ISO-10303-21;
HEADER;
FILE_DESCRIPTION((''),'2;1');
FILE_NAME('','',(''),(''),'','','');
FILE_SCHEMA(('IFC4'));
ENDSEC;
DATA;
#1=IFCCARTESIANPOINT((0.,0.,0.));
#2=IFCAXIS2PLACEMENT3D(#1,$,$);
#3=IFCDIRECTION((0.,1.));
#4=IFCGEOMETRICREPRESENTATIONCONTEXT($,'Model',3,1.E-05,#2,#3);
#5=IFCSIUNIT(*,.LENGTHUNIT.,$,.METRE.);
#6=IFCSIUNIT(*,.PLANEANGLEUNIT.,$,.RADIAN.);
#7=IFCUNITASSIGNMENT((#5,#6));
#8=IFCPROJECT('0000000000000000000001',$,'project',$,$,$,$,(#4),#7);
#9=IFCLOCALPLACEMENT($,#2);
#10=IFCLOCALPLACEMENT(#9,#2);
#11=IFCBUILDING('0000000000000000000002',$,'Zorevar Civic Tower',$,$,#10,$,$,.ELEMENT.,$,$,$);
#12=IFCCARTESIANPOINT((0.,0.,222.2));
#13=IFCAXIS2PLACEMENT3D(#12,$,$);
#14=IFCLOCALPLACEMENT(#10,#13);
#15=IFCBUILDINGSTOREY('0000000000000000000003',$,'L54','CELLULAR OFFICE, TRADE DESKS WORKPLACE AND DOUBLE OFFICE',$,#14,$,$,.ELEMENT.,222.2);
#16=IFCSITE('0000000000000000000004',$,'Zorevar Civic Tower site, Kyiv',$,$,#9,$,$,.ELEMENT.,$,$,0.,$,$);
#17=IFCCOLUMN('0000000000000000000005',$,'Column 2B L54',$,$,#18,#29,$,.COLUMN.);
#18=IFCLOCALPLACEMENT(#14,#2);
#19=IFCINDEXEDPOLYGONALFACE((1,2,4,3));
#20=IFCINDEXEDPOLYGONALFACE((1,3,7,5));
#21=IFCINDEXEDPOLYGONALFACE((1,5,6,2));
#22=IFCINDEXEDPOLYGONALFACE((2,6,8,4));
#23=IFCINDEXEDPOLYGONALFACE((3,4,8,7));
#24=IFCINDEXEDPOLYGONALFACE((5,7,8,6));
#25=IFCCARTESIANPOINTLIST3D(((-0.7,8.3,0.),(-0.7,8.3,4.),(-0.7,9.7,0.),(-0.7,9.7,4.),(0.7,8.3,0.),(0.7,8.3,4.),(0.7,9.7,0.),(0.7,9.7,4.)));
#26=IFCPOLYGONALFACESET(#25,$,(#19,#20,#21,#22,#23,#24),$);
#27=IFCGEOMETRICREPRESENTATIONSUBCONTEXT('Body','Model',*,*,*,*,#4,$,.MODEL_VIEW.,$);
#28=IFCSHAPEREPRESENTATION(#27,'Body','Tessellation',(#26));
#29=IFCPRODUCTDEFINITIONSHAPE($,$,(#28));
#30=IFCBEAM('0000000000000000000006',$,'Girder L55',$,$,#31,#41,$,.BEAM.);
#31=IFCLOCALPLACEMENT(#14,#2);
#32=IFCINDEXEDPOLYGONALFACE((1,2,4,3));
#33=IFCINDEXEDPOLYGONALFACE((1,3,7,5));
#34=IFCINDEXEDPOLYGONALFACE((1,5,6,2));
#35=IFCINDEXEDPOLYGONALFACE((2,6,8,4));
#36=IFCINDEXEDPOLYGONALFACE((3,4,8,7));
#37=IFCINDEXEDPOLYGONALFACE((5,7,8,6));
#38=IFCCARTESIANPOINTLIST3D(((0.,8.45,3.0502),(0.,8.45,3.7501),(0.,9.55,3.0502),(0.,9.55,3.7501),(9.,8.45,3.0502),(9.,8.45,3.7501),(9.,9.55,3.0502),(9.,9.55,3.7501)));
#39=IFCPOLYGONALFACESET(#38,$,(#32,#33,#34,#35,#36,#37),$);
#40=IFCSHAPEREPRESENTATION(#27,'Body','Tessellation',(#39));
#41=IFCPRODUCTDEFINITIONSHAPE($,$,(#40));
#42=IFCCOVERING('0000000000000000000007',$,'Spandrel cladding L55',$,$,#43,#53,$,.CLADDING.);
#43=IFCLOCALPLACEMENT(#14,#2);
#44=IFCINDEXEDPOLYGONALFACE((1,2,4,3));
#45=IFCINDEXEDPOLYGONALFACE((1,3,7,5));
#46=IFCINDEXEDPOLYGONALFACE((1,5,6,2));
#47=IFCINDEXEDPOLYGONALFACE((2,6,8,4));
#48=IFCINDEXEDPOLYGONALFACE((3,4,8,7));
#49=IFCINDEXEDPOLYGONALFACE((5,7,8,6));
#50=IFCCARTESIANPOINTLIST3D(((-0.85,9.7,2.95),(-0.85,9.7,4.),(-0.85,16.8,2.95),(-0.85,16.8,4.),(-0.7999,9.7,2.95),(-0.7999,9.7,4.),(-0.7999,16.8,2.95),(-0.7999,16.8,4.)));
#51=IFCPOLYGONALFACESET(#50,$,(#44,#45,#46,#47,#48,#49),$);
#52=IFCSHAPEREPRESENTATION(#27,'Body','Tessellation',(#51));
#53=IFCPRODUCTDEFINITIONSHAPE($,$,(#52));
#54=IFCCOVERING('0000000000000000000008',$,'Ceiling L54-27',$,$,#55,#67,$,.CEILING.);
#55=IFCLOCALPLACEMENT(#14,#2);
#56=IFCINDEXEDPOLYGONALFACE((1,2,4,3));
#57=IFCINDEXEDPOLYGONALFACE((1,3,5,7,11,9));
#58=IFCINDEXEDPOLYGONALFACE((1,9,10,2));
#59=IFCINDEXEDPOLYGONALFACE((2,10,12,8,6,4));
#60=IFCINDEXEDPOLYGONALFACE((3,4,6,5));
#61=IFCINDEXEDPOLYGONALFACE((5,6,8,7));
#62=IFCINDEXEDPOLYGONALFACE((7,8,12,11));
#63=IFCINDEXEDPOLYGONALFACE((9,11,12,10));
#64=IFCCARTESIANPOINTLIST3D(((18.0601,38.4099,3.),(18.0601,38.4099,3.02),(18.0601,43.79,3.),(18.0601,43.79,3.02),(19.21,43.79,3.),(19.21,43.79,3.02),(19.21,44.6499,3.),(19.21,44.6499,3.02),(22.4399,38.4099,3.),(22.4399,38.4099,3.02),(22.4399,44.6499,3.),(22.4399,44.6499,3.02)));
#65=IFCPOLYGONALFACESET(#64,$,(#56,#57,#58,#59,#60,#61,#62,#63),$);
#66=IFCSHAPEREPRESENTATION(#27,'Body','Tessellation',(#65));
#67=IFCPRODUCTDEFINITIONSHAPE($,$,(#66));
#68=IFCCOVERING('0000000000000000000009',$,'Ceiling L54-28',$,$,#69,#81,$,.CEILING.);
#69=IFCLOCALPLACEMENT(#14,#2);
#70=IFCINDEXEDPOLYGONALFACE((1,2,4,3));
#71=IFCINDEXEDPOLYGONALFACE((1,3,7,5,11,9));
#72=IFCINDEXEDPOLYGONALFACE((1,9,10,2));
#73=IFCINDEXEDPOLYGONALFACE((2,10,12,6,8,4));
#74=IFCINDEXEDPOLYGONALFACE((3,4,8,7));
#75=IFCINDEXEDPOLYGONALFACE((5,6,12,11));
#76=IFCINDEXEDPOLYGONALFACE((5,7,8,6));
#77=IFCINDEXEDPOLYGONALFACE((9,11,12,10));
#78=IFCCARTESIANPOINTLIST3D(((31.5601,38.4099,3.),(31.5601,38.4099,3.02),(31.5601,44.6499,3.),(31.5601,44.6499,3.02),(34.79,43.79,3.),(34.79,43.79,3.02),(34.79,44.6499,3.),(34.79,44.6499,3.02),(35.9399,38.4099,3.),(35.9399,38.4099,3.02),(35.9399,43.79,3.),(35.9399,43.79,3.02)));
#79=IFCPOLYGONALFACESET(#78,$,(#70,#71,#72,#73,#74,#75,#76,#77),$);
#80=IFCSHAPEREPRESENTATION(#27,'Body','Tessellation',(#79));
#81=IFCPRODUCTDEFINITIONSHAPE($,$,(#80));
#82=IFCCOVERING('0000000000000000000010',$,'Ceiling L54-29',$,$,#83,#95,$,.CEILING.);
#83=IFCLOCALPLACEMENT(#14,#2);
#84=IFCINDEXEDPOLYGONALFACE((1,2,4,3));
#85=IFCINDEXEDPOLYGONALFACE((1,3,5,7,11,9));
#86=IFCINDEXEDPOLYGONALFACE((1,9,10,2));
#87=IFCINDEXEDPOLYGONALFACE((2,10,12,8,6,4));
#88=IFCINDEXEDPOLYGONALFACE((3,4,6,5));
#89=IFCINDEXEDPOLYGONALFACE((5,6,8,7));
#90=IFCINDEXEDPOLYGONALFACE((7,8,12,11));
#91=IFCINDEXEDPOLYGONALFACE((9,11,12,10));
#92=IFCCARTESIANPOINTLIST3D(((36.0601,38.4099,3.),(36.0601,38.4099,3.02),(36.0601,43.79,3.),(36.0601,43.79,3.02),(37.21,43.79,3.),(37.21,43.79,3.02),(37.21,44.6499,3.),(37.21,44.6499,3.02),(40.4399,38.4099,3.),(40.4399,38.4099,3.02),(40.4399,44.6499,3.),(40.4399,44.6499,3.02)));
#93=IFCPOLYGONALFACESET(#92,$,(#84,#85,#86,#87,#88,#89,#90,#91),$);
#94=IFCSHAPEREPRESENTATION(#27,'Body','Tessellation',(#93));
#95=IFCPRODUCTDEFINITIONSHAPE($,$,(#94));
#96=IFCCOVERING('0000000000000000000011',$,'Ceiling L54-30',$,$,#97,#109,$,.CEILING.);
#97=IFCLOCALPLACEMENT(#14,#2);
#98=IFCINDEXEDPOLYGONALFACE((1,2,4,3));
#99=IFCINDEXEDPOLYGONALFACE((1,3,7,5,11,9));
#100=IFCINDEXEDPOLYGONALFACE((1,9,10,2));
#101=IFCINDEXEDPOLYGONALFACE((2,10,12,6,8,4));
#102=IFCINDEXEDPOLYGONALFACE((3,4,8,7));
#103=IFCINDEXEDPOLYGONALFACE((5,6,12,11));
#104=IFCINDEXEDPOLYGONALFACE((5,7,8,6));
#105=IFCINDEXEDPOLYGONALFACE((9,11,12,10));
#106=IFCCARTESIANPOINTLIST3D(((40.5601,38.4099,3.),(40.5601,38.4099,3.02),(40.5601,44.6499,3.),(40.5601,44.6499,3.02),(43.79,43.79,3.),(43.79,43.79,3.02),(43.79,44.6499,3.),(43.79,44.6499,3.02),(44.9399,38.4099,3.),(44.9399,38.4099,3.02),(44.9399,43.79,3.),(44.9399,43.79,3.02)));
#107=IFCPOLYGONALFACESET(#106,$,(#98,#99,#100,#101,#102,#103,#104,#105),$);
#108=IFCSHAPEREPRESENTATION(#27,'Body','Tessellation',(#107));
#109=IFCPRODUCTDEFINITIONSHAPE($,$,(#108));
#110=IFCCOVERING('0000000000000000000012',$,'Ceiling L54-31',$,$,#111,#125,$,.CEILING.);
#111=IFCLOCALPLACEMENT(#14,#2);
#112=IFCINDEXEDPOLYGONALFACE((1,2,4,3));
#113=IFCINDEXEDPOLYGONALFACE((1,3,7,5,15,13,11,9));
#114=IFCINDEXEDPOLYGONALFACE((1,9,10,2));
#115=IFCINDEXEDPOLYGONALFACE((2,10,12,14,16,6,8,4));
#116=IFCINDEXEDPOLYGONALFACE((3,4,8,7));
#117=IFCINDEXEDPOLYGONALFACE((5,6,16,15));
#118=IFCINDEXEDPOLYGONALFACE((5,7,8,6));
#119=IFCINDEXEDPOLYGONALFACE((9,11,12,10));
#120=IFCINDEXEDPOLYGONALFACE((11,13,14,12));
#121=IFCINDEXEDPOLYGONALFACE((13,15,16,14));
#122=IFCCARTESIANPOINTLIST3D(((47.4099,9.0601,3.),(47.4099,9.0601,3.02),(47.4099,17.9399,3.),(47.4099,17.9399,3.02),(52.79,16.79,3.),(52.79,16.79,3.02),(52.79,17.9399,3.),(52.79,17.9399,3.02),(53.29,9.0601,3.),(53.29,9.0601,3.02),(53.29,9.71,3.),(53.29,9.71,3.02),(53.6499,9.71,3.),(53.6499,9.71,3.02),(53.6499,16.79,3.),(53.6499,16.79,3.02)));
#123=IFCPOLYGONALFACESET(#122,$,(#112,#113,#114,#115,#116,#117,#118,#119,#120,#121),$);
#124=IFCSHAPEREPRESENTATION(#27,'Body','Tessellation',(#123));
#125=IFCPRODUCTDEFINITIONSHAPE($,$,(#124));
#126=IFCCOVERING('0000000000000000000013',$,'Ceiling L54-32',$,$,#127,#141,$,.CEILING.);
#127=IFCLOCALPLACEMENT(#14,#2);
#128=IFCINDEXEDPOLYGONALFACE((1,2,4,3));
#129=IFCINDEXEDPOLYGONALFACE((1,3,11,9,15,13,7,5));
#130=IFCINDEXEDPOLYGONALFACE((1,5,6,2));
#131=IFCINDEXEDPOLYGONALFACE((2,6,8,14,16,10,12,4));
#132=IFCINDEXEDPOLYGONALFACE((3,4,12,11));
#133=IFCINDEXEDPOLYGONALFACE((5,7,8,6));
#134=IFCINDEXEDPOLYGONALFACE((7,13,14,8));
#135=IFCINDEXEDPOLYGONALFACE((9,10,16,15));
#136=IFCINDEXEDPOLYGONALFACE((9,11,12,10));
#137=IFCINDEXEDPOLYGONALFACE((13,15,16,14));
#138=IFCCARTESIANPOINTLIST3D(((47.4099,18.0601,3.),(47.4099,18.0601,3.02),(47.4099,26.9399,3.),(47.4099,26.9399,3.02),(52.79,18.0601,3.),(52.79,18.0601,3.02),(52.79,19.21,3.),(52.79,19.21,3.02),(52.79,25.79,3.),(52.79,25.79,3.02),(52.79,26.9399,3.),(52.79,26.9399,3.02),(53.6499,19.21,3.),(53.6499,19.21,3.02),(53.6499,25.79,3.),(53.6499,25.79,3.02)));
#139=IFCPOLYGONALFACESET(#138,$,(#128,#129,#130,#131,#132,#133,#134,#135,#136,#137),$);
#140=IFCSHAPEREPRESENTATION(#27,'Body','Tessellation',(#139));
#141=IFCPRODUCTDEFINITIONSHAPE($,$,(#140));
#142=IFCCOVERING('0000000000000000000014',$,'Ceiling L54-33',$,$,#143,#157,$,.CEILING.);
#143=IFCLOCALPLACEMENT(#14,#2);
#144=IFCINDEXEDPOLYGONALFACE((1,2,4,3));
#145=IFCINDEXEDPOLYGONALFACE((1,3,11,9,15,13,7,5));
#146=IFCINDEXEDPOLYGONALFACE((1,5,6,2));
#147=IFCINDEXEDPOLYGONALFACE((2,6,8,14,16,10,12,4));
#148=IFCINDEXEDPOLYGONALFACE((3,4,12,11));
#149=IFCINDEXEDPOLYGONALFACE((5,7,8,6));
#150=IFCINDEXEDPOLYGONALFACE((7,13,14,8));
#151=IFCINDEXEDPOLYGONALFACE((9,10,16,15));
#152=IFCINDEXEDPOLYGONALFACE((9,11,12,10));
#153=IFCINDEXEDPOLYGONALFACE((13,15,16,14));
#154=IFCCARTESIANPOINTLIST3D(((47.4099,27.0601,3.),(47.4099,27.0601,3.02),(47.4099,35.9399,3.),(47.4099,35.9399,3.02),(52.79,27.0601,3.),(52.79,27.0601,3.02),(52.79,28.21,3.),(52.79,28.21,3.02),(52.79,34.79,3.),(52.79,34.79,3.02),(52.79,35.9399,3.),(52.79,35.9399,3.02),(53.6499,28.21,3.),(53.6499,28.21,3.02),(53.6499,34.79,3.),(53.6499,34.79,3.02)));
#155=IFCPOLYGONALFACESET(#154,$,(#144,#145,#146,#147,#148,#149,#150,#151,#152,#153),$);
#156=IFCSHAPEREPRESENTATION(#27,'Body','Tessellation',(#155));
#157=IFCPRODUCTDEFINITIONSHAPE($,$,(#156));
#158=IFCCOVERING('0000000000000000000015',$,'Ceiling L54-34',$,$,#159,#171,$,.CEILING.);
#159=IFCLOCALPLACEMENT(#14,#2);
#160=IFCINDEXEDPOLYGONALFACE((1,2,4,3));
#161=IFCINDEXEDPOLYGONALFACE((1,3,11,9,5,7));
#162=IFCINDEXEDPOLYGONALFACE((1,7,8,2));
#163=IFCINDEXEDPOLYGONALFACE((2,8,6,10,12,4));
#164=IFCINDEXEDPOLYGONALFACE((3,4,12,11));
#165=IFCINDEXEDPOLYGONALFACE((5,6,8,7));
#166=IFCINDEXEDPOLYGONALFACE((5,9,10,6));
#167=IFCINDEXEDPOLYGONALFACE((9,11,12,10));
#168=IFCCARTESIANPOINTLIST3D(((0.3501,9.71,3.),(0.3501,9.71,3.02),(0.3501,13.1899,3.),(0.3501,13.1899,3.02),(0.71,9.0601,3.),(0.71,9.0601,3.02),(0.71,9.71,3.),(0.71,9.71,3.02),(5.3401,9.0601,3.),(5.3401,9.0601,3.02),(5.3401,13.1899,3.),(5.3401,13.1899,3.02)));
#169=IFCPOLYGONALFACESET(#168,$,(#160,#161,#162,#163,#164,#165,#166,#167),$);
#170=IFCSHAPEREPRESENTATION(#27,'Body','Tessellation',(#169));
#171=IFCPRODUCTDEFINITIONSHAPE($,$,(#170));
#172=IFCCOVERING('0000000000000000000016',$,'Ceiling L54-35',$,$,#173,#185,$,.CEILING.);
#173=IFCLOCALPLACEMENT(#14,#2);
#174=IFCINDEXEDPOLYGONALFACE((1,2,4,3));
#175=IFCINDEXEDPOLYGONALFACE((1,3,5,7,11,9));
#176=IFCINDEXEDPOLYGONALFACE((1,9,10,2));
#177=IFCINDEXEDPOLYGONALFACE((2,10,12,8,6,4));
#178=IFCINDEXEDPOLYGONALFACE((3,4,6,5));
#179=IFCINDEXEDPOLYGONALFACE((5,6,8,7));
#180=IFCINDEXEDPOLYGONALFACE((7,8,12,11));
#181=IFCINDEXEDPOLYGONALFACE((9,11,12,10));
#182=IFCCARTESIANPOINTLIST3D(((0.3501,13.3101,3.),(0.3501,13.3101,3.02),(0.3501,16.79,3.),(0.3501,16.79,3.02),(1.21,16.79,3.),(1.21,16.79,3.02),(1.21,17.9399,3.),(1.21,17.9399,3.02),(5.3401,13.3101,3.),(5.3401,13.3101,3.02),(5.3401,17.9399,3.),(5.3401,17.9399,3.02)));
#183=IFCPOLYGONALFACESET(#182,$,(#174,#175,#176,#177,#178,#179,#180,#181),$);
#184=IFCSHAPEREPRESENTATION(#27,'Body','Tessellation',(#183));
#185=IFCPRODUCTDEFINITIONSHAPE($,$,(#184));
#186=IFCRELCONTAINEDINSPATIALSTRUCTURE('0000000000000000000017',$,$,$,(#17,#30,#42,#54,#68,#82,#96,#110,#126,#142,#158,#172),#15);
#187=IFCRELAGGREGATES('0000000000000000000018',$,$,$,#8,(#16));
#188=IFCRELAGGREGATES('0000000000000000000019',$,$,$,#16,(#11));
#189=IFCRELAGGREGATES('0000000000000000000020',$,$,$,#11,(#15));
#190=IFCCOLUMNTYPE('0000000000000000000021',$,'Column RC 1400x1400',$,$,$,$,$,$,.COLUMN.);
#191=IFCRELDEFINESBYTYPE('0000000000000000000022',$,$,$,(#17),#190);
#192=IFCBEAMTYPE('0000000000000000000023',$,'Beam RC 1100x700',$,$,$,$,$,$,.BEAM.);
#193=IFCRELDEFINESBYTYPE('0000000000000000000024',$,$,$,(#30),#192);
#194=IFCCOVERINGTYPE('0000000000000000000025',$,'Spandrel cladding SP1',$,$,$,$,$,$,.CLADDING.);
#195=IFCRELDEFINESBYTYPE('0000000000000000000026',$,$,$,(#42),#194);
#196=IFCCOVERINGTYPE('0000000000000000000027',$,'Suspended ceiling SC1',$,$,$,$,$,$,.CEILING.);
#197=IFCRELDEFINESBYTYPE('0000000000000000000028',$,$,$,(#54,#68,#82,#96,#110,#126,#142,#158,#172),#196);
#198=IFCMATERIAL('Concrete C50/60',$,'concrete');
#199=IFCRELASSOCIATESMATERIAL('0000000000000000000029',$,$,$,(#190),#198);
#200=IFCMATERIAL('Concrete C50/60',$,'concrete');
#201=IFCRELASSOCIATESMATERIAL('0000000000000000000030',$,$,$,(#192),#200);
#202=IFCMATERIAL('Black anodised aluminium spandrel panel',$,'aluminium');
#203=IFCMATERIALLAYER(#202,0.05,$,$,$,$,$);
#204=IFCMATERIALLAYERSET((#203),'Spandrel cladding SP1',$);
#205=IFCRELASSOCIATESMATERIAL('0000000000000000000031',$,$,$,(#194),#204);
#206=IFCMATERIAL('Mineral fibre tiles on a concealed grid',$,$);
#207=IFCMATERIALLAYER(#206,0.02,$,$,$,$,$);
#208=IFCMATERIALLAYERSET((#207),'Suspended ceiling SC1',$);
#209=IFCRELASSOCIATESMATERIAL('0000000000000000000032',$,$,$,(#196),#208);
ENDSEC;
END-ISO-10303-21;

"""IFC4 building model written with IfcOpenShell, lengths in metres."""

from ifc_helpers import new_model, si_unit, direction, frame, frame_2d, origin, origin_2d, place, context, subcontext, project, spatial, polyline, rectangle, outline, extrude, material, layer, layer_set, material_profile, profile_set, type_object, element, save


model = new_model("IFC4")

# Units and contexts
model_context = context("Model", 3, precision=1e-05, world=origin(), true_north=direction((0.0, 1.0)))
body_context = subcontext(model_context, "Body", "Model", "MODEL_VIEW")
ifc_project = project(units=[si_unit("LENGTHUNIT", "METRE"), si_unit("PLANEANGLEUNIT", "RADIAN")], contexts=[model_context])

# Site, building, storey
site_placement = place(None, origin())
site = spatial("IfcSite", under=ifc_project, at=site_placement, Name="Zorevar Civic Tower site, Kyiv", CompositionType="ELEMENT", RefElevation=0.0)
building_placement = place(site_placement, origin())
building = spatial("IfcBuilding", under=site, at=building_placement, Name="Zorevar Civic Tower", CompositionType="ELEMENT")
storey_placement = place(building_placement, frame((0.0, 0.0, 222.2)))
storey = spatial("IfcBuildingStorey", under=building, at=storey_placement, Name="L54", Description="CELLULAR OFFICE, TRADE DESKS WORKPLACE AND DOUBLE OFFICE", CompositionType="ELEMENT", Elevation=222.2)

# Column
ifc_material_1 = material(Name="Concrete C50/60", Category="concrete")
ifc_material_profile_1 = material_profile(ifc_material_1, rectangle(XDim=1.3999, YDim=1.3999, at=origin_2d()), Name="RC 1400x1400")
ifc_profile_set_1 = profile_set([ifc_material_profile_1], Name="Concrete C50/60")
column_type = type_object("IfcColumnType", Name="Column RC 1400x1400", PredefinedType="COLUMN", material=ifc_profile_set_1)
column_placement = place(storey_placement, frame((0.0, 9.0, 0.0), z_axis=(0.0, 0.0, 1.0), x_axis=(1.0, 0.0, 0.0)))
element("IfcColumn", 1, at=column_placement, inside=storey, type_object=column_type, Name="Column 2B L54", PredefinedType="COLUMN", context=body_context, shape_type="SweptSolid", body=[
    extrude(rectangle(XDim=1.3999, YDim=1.3999, at=origin_2d()), origin(), (0.0, 0.0, 1.0), 4.0),
])

# Beam
ifc_material_2 = material(Name="Concrete C50/60", Category="concrete")
ifc_material_profile_2 = material_profile(ifc_material_2, rectangle(XDim=1.1001, YDim=0.7, at=origin_2d()), Name="RC 1100x700")
ifc_profile_set_2 = profile_set([ifc_material_profile_2], Name="Concrete C50/60")
beam_type = type_object("IfcBeamType", Name="Beam RC 1100x700", PredefinedType="BEAM", material=ifc_profile_set_2)
beam_placement = place(storey_placement, frame((0.0, 9.0, 3.4001), z_axis=(1.0, 0.0, 0.0), x_axis=(0.0, 1.0, 0.0)))
element("IfcBeam", 2, at=beam_placement, inside=storey, type_object=beam_type, Name="Girder L55", PredefinedType="BEAM", context=body_context, shape_type="SweptSolid", body=[
    extrude(rectangle(XDim=1.1001, YDim=0.7, at=origin_2d()), origin(), (0.0, 0.0, 1.0), 9.0),
])

# Coverings
ifc_material_3 = material(Name="Black anodised aluminium spandrel panel", Category="aluminium")
ifc_layer_1 = layer(ifc_material_3, 0.05)
ifc_layer_set_1 = layer_set([ifc_layer_1], Name="Spandrel cladding SP1")
covering_type_1 = type_object("IfcCoveringType", Name="Spandrel cladding SP1", PredefinedType="CLADDING", material=ifc_layer_set_1)
covering_1_placement = place(storey_placement, frame((-0.825, 9.7, 2.95), z_axis=(0.0, 0.0, 1.0), x_axis=(0.0, 1.0, 0.0)))
element("IfcCovering", 3, at=covering_1_placement, inside=storey, type_object=covering_type_1, Name="Spandrel cladding L55", PredefinedType="CLADDING", context=body_context, shape_type="SweptSolid", body=[
    extrude(rectangle(XDim=7.1001, YDim=0.05, at=frame_2d((3.55, 0.0))), origin(), (0.0, 0.0, 1.0), 1.05),
])
ifc_material_4 = material(Name="Mineral fibre tiles on a concealed grid")
ifc_layer_2 = layer(ifc_material_4, 0.02)
ifc_layer_set_2 = layer_set([ifc_layer_2], Name="Suspended ceiling SC1")
covering_type_2 = type_object("IfcCoveringType", Name="Suspended ceiling SC1", PredefinedType="CEILING", material=ifc_layer_set_2)
covering_2_placement = place(storey_placement, frame((0.0, 0.0, 3.0)))
element("IfcCovering", 4, at=covering_2_placement, inside=storey, type_object=covering_type_2, Name="Ceiling L54-27", PredefinedType="CEILING", context=body_context, shape_type="SweptSolid", body=[
    extrude(outline(polyline([(18.0601, 38.4099), (18.0601, 43.79), (19.21, 43.79), (19.21, 44.6499), (22.4399, 44.6499), (22.4399, 38.4099), (18.0601, 38.4099)])), origin(), (0.0, 0.0, 1.0), 0.02),
])
covering_3_placement = place(storey_placement, frame((0.0, 0.0, 3.0)))
element("IfcCovering", 5, at=covering_3_placement, inside=storey, type_object=covering_type_2, Name="Ceiling L54-28", PredefinedType="CEILING", context=body_context, shape_type="SweptSolid", body=[
    extrude(outline(polyline([(31.5601, 38.4099), (31.5601, 44.6499), (34.79, 44.6499), (34.79, 43.79), (35.9399, 43.79), (35.9399, 38.4099), (31.5601, 38.4099)])), origin(), (0.0, 0.0, 1.0), 0.02),
])
covering_4_placement = place(storey_placement, frame((0.0, 0.0, 3.0)))
element("IfcCovering", 6, at=covering_4_placement, inside=storey, type_object=covering_type_2, Name="Ceiling L54-29", PredefinedType="CEILING", context=body_context, shape_type="SweptSolid", body=[
    extrude(outline(polyline([(36.0601, 38.4099), (36.0601, 43.79), (37.21, 43.79), (37.21, 44.6499), (40.4399, 44.6499), (40.4399, 38.4099), (36.0601, 38.4099)])), origin(), (0.0, 0.0, 1.0), 0.02),
])
covering_5_placement = place(storey_placement, frame((0.0, 0.0, 3.0)))
element("IfcCovering", 7, at=covering_5_placement, inside=storey, type_object=covering_type_2, Name="Ceiling L54-30", PredefinedType="CEILING", context=body_context, shape_type="SweptSolid", body=[
    extrude(outline(polyline([(40.5601, 38.4099), (40.5601, 44.6499), (43.79, 44.6499), (43.79, 43.79), (44.9399, 43.79), (44.9399, 38.4099), (40.5601, 38.4099)])), origin(), (0.0, 0.0, 1.0), 0.02),
])
covering_6_placement = place(storey_placement, frame((0.0, 0.0, 3.0)))
element("IfcCovering", 8, at=covering_6_placement, inside=storey, type_object=covering_type_2, Name="Ceiling L54-31", PredefinedType="CEILING", context=body_context, shape_type="SweptSolid", body=[
    extrude(outline(polyline([(53.6499, 9.71), (53.29, 9.71), (53.29, 9.0601), (47.4099, 9.0601), (47.4099, 17.9399), (52.79, 17.9399), (52.79, 16.79), (53.6499, 16.79), (53.6499, 9.71)])), origin(), (0.0, 0.0, 1.0), 0.02),
])
covering_7_placement = place(storey_placement, frame((0.0, 0.0, 3.0)))
element("IfcCovering", 9, at=covering_7_placement, inside=storey, type_object=covering_type_2, Name="Ceiling L54-32", PredefinedType="CEILING", context=body_context, shape_type="SweptSolid", body=[
    extrude(outline(polyline([(53.6499, 19.21), (52.79, 19.21), (52.79, 18.0601), (47.4099, 18.0601), (47.4099, 26.9399), (52.79, 26.9399), (52.79, 25.79), (53.6499, 25.79), (53.6499, 19.21)])), origin(), (0.0, 0.0, 1.0), 0.02),
])
covering_8_placement = place(storey_placement, frame((0.0, 0.0, 3.0)))
element("IfcCovering", 10, at=covering_8_placement, inside=storey, type_object=covering_type_2, Name="Ceiling L54-33", PredefinedType="CEILING", context=body_context, shape_type="SweptSolid", body=[
    extrude(outline(polyline([(53.6499, 28.21), (52.79, 28.21), (52.79, 27.0601), (47.4099, 27.0601), (47.4099, 35.9399), (52.79, 35.9399), (52.79, 34.79), (53.6499, 34.79), (53.6499, 28.21)])), origin(), (0.0, 0.0, 1.0), 0.02),
])
covering_9_placement = place(storey_placement, frame((0.0, 0.0, 3.0)))
element("IfcCovering", 11, at=covering_9_placement, inside=storey, type_object=covering_type_2, Name="Ceiling L54-34", PredefinedType="CEILING", context=body_context, shape_type="SweptSolid", body=[
    extrude(outline(polyline([(5.3401, 9.0601), (0.71, 9.0601), (0.71, 9.71), (0.3501, 9.71), (0.3501, 13.1899), (5.3401, 13.1899), (5.3401, 9.0601)])), origin(), (0.0, 0.0, 1.0), 0.02),
])
covering_10_placement = place(storey_placement, frame((0.0, 0.0, 3.0)))
element("IfcCovering", 12, at=covering_10_placement, inside=storey, type_object=covering_type_2, Name="Ceiling L54-35", PredefinedType="CEILING", context=body_context, shape_type="SweptSolid", body=[
    extrude(outline(polyline([(5.3401, 13.3101), (0.3501, 13.3101), (0.3501, 16.79), (1.21, 16.79), (1.21, 17.9399), (5.3401, 17.9399), (5.3401, 13.3101)])), origin(), (0.0, 0.0, 1.0), 0.02),
])

save(model, "model.ifc")
